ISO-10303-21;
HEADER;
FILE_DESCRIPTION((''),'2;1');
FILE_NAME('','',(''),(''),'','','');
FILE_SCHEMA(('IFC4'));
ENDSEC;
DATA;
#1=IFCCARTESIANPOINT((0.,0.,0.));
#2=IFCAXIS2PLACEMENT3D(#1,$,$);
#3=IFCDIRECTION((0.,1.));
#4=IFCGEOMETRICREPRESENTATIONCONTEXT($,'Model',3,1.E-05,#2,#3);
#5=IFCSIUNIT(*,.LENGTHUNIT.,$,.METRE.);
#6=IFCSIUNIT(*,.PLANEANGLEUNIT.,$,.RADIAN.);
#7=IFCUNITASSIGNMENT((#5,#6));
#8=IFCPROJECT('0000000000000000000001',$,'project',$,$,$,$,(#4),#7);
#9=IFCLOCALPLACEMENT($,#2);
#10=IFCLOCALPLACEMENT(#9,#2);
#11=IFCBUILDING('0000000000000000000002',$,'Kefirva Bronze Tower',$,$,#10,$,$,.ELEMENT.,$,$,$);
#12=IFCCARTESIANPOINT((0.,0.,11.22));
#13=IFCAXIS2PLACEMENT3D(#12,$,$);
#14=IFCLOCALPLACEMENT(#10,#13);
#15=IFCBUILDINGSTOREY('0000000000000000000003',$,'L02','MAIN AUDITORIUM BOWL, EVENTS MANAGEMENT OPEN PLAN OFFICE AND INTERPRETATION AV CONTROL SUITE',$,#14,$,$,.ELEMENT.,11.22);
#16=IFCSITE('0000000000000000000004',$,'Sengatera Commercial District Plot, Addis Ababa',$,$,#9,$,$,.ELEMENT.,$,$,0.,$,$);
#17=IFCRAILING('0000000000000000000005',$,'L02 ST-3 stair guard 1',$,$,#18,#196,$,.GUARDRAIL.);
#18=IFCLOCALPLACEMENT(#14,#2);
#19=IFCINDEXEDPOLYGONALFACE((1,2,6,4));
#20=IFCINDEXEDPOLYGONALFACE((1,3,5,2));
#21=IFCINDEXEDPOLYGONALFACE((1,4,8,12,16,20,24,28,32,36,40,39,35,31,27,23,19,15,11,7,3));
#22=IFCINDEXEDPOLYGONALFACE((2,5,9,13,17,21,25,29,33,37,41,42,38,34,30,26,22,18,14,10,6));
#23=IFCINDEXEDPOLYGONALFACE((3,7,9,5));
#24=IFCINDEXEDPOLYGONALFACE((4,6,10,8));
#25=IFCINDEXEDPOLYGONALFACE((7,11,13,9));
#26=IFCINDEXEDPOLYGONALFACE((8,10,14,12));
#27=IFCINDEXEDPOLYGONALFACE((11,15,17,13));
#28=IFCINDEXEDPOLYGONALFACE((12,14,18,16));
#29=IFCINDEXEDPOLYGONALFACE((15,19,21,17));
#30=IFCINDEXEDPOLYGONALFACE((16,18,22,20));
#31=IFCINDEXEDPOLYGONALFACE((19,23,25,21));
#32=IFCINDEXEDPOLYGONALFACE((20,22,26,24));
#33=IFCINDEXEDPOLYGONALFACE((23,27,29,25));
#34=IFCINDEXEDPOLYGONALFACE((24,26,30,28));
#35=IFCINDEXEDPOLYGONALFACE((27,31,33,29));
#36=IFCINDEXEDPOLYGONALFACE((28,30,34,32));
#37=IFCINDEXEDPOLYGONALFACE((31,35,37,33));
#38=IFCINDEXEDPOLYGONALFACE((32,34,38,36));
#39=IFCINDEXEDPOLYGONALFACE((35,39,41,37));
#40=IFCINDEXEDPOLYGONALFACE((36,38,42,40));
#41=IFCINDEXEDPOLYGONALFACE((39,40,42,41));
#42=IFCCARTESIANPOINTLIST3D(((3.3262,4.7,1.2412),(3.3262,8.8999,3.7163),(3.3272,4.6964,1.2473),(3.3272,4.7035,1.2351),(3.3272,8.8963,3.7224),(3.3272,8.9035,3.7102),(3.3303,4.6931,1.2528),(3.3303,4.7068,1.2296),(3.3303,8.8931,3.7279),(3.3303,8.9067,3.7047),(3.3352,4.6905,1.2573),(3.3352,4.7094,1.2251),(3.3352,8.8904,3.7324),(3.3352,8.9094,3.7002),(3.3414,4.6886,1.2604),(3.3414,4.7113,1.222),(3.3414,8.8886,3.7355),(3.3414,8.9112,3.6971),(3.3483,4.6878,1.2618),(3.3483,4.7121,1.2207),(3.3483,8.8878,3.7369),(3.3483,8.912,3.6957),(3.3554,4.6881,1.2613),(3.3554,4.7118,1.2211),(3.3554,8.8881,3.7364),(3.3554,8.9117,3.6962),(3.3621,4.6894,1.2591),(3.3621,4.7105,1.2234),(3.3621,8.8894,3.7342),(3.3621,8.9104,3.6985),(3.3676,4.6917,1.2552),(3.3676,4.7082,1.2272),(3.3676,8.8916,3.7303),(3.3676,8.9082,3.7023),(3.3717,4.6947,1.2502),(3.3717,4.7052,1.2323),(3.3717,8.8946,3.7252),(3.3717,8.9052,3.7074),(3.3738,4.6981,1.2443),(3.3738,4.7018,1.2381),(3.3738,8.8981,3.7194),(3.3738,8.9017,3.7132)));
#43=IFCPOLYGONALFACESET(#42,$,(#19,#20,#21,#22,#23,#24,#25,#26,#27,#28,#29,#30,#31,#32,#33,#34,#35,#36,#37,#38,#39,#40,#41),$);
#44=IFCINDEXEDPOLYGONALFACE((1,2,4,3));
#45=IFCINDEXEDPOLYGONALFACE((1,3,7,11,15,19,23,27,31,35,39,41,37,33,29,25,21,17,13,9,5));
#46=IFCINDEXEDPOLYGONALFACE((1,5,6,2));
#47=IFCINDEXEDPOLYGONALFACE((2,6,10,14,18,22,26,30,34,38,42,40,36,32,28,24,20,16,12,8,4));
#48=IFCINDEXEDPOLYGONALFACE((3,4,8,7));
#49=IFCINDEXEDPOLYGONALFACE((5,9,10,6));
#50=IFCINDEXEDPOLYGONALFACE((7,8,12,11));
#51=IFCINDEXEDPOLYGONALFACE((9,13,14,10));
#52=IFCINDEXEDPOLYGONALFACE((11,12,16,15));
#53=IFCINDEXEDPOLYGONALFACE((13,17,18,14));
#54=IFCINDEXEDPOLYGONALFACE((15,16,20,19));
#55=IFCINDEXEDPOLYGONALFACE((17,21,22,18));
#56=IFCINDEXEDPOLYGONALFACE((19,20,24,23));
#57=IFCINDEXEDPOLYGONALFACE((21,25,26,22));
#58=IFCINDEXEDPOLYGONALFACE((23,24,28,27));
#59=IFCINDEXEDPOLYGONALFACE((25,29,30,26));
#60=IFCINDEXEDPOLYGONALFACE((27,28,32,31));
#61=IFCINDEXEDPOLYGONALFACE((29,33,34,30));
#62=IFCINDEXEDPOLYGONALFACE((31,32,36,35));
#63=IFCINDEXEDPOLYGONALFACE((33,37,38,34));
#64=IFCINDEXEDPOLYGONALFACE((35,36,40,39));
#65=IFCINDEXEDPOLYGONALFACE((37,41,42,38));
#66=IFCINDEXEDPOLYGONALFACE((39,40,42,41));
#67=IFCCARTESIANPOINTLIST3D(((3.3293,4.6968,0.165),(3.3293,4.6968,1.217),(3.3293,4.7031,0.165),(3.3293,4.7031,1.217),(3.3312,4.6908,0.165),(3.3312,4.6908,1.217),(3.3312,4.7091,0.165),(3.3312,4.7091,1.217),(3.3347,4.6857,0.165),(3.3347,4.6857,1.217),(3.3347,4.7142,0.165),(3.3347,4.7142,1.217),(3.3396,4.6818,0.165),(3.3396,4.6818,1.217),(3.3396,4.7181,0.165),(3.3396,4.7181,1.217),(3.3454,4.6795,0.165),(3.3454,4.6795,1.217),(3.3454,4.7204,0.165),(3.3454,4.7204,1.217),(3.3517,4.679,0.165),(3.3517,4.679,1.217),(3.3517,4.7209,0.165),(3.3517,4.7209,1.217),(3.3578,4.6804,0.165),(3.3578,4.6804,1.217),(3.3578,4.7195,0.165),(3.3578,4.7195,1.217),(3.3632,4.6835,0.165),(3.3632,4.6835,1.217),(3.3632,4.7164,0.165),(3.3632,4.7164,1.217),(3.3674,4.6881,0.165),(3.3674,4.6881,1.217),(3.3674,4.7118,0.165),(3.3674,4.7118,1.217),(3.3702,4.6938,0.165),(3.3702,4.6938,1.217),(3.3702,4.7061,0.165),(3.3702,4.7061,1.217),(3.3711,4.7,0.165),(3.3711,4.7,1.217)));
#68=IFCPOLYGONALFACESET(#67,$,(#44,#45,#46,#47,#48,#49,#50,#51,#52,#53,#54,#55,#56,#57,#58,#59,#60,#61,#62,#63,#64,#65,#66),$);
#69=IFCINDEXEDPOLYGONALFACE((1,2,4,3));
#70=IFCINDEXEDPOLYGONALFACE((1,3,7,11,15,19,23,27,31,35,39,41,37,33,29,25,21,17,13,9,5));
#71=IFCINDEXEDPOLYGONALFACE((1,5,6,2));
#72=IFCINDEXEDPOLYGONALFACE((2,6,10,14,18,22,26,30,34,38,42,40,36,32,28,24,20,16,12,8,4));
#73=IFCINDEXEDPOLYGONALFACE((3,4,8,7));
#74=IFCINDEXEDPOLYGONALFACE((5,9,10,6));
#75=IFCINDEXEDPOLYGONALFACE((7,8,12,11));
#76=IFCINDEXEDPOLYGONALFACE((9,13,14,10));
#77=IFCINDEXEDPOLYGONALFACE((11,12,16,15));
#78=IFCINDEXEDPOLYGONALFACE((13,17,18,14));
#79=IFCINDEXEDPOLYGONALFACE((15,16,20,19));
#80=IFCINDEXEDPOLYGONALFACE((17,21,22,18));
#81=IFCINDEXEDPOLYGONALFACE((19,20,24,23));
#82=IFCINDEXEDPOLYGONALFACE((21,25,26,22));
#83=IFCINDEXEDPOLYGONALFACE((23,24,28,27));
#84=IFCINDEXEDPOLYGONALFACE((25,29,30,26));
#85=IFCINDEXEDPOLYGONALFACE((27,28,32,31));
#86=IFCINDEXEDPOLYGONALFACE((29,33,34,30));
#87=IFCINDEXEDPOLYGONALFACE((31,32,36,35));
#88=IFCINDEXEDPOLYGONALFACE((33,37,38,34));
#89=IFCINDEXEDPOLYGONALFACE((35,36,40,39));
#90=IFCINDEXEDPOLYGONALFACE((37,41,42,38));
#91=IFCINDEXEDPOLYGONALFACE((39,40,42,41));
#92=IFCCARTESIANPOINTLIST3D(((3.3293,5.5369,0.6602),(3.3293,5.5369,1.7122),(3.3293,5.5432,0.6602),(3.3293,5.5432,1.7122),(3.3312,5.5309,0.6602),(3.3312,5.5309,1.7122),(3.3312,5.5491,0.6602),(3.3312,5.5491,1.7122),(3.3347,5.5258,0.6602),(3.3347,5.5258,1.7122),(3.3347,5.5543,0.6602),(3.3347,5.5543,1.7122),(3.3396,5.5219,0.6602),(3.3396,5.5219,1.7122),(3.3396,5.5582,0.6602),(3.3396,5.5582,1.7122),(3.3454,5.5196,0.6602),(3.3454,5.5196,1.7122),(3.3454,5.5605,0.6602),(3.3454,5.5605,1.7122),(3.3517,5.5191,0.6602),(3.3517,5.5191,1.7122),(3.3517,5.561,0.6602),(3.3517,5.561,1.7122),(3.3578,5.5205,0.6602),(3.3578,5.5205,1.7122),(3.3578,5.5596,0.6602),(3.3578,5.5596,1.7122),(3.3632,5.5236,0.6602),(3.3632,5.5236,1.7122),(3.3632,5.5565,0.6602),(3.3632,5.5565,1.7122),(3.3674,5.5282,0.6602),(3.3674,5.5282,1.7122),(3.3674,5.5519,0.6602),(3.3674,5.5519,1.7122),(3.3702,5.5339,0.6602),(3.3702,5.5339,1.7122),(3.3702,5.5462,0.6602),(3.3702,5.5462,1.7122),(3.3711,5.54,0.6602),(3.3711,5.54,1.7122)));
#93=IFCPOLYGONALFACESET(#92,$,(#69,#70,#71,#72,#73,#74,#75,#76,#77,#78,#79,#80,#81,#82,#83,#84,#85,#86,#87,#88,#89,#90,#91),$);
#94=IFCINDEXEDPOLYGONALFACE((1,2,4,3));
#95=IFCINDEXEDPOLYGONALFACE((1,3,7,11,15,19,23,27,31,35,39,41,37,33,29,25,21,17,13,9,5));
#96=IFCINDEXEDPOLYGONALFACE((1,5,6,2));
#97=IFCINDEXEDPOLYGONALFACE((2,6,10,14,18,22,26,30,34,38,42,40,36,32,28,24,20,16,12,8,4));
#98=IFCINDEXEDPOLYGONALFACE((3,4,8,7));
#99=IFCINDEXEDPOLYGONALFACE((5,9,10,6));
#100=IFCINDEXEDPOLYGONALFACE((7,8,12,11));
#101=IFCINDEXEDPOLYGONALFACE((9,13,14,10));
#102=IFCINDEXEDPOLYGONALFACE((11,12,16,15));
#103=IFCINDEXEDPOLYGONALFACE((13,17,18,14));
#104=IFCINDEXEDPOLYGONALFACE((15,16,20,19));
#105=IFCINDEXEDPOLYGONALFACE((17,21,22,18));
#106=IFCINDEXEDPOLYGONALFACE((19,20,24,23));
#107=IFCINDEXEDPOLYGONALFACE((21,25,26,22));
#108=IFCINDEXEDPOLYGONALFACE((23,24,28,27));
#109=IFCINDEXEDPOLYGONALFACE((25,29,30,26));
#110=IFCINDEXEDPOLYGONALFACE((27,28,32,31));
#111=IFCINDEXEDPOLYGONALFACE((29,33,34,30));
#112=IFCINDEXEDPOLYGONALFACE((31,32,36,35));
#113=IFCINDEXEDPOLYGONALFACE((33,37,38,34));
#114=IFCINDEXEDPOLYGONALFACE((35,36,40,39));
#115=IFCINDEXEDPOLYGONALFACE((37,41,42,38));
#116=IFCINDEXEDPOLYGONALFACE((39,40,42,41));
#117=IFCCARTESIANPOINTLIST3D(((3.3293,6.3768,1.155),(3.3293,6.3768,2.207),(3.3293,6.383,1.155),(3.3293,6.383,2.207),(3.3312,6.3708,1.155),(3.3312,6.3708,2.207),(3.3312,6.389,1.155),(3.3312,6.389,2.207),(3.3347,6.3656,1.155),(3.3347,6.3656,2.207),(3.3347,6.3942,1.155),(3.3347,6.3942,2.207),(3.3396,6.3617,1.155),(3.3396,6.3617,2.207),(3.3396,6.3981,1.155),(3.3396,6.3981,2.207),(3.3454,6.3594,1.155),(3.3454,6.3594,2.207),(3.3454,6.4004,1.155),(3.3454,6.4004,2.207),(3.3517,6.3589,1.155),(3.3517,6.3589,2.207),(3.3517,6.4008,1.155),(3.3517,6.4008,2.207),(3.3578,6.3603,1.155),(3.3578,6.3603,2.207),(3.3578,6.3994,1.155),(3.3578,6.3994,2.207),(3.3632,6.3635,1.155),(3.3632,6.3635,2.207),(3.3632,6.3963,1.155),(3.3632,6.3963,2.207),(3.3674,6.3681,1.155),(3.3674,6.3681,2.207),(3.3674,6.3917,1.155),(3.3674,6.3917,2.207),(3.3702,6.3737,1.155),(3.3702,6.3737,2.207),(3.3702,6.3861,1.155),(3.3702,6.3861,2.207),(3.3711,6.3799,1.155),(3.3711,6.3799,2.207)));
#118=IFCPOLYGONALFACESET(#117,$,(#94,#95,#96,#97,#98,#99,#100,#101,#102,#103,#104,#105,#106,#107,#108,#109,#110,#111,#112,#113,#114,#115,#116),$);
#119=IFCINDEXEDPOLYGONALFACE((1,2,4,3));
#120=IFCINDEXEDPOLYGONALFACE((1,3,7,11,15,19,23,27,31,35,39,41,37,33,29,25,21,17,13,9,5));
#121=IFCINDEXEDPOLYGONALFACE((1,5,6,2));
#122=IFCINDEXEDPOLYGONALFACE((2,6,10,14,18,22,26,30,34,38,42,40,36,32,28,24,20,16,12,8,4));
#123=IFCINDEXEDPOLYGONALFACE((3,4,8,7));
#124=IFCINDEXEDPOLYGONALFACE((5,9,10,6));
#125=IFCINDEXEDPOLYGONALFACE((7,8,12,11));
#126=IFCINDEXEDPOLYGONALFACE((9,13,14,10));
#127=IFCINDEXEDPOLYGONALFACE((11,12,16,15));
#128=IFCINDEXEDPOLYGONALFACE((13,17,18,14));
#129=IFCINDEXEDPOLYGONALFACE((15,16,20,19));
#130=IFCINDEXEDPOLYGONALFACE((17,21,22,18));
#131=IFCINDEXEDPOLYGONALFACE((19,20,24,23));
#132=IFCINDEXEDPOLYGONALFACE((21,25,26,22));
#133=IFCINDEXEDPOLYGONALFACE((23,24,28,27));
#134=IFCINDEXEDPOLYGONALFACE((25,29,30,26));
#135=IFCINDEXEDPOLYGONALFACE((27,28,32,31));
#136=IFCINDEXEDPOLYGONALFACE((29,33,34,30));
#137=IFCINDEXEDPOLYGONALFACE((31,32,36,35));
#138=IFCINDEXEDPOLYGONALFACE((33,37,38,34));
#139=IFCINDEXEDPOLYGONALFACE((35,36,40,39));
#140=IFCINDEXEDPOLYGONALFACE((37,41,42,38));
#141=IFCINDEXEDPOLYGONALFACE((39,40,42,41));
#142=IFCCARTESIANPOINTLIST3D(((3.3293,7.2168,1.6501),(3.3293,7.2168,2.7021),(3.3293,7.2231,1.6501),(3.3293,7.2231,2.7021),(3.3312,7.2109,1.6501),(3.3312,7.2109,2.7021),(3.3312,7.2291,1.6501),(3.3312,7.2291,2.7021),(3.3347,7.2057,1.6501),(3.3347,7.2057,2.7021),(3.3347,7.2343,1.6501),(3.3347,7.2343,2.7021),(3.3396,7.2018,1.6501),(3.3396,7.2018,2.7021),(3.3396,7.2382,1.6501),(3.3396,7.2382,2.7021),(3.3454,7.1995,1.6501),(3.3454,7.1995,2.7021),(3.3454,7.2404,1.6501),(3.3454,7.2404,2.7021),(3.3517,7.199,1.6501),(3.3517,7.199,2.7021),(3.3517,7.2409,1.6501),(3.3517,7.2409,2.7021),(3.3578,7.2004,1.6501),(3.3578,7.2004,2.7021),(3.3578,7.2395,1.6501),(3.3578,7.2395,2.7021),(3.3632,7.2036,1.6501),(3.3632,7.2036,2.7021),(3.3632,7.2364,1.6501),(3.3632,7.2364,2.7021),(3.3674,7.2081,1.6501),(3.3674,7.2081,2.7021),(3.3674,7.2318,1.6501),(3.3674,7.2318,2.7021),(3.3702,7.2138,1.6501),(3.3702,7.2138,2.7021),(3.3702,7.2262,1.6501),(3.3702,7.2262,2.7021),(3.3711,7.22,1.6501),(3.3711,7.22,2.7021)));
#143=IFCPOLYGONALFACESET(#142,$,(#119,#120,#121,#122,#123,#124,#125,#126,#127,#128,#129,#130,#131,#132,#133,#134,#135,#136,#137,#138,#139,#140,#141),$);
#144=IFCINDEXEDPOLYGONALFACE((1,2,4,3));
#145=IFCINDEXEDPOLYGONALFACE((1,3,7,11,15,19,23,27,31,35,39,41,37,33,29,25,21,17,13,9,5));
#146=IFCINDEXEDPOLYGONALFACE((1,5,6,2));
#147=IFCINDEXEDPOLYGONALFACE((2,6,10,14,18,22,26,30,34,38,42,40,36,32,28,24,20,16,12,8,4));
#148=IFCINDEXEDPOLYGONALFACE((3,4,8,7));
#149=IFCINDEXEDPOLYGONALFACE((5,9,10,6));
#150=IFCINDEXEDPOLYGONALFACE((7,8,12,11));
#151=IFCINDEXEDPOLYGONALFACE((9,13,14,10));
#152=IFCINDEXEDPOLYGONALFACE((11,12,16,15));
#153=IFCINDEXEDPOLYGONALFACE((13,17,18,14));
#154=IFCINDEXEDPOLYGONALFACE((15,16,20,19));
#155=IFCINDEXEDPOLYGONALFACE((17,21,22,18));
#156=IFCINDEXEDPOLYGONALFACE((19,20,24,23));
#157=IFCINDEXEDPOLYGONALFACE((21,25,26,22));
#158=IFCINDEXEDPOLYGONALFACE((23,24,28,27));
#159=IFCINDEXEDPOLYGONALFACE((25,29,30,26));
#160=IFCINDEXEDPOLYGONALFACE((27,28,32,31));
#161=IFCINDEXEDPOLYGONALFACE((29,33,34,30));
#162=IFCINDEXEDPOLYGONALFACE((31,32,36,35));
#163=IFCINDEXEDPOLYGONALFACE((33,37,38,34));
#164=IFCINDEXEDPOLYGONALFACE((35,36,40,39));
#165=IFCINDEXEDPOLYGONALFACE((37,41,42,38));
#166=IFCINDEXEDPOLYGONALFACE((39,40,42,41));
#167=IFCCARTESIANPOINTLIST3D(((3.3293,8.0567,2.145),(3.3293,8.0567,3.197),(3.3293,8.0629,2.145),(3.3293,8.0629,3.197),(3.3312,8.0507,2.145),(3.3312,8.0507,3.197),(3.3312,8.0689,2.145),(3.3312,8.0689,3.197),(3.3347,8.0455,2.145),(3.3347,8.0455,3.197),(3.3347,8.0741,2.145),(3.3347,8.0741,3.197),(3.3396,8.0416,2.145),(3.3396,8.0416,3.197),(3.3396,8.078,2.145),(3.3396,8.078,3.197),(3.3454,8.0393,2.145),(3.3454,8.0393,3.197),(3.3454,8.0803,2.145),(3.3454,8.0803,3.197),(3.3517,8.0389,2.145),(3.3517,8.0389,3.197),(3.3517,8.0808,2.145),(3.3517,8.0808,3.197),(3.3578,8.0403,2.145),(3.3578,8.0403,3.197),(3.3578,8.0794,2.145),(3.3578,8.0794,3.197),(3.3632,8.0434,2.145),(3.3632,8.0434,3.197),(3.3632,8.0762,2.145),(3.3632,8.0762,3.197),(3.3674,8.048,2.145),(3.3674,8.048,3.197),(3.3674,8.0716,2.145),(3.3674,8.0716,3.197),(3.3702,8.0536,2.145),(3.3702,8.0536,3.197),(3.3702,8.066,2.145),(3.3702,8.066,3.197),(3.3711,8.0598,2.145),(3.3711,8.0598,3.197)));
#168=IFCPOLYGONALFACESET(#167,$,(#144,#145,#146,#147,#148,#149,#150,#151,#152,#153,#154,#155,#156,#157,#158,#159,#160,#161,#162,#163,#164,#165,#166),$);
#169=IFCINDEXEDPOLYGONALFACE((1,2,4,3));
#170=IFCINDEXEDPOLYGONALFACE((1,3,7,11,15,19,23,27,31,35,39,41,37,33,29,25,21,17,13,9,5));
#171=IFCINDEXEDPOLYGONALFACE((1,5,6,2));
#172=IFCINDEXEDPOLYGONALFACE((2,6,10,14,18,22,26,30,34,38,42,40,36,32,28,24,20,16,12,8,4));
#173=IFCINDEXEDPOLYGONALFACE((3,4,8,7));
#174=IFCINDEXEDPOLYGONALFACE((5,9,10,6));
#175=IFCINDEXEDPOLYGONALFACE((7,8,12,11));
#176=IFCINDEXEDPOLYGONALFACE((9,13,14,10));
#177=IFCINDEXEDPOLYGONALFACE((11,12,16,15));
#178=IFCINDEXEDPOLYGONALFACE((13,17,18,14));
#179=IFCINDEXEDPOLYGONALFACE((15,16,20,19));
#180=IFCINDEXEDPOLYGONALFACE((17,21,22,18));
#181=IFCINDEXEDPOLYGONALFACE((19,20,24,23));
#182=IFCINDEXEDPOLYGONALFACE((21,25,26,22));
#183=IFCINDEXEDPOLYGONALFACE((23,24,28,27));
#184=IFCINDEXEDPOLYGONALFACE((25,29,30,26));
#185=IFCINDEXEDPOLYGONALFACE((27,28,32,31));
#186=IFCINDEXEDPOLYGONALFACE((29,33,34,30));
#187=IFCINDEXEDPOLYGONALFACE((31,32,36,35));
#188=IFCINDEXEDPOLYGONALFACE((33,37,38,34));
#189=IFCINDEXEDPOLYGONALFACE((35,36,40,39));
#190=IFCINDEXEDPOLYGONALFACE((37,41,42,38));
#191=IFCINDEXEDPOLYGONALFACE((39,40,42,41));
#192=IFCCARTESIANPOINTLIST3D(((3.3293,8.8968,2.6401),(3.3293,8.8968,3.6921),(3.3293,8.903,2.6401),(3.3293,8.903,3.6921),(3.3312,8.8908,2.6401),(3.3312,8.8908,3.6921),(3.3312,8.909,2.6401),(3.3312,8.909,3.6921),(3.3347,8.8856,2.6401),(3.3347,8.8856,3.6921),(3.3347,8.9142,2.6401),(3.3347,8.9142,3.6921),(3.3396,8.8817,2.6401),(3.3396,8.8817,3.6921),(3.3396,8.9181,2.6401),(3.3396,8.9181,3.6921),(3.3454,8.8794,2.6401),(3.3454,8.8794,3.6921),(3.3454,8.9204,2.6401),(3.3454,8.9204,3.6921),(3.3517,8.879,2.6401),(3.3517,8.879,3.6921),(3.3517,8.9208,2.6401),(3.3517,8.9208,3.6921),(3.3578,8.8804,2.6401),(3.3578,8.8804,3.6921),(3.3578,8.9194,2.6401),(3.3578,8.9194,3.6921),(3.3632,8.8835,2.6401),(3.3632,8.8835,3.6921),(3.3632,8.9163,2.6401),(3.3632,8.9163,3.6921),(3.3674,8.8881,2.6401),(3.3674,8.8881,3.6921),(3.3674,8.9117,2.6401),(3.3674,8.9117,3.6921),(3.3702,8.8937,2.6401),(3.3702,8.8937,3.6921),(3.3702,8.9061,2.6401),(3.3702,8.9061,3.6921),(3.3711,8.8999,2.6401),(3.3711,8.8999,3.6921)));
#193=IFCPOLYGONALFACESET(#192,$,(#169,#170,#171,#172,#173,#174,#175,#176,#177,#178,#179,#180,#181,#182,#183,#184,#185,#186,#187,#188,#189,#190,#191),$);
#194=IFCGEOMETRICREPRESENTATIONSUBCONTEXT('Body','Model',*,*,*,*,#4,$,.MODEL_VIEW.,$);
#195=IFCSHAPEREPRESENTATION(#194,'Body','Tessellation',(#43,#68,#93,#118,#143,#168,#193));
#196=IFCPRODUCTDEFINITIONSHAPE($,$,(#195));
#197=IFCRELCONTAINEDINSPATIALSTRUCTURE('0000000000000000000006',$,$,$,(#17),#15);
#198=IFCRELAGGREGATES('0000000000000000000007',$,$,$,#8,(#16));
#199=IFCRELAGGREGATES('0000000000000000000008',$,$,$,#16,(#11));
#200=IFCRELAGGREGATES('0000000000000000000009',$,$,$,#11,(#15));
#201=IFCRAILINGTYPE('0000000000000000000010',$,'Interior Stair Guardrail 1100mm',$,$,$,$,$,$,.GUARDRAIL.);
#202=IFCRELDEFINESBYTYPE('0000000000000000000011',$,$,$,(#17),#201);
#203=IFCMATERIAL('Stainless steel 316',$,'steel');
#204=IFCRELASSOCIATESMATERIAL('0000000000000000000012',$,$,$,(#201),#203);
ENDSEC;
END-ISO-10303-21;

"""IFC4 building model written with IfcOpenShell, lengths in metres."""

from ifc_helpers import new_model, si_unit, direction, frame, origin, origin_2d, place, context, subcontext, project, spatial, circle, extrude, material, type_object, element, save


model = new_model("IFC4")

# Units and contexts
model_context = context("Model", 3, precision=1e-05, world=origin(), true_north=direction((0.0, 1.0)))
body_context = subcontext(model_context, "Body", "Model", "MODEL_VIEW")
ifc_project = project(units=[si_unit("LENGTHUNIT", "METRE"), si_unit("PLANEANGLEUNIT", "RADIAN")], contexts=[model_context])

# Site, building, storey
site_placement = place(None, origin())
site = spatial("IfcSite", under=ifc_project, at=site_placement, Name="Sengatera Commercial District Plot, Addis Ababa", CompositionType="ELEMENT", RefElevation=0.0)
building_placement = place(site_placement, origin())
building = spatial("IfcBuilding", under=site, at=building_placement, Name="Kefirva Bronze Tower", CompositionType="ELEMENT")
storey_placement = place(building_placement, frame((0.0, 0.0, 11.22)))
storey = spatial("IfcBuildingStorey", under=building, at=storey_placement, Name="L02", Description="MAIN AUDITORIUM BOWL, EVENTS MANAGEMENT OPEN PLAN OFFICE AND INTERPRETATION AV CONTROL SUITE", CompositionType="ELEMENT", Elevation=11.22)

# Railing
ifc_material_1 = material(Name="Stainless steel 316", Category="steel")
railing_type_1 = type_object("IfcRailingType", Name="Interior Stair Guardrail 1100mm", PredefinedType="GUARDRAIL", material=ifc_material_1)
railing_1_placement = place(storey_placement, frame((3.3501, 4.7, 0.165)))
element("IfcRailing", 1, at=railing_1_placement, inside=storey, type_object=railing_type_1, Name="L02 ST-3 stair guard 1", PredefinedType="GUARDRAIL", context=body_context, shape_type="SweptSolid", body=[
    extrude(circle(Radius=0.0239, at=origin_2d()), frame((0.0, 0.0, 1.0762), z_axis=(0.0, 0.861527, 0.507712), x_axis=(-1.0, 0.0, 0.0)), (0.0, 0.0, 1.0), 4.875),
    extrude(circle(Radius=0.021, at=origin_2d()), origin(), (0.0, 0.0, 1.0), 1.052),
    extrude(circle(Radius=0.021, at=origin_2d()), frame((0.0, 0.8401, 0.4951)), (0.0, 0.0, 1.0), 1.052),
    extrude(circle(Radius=0.021, at=origin_2d()), frame((0.0, 1.6799, 0.99)), (0.0, 0.0, 1.0), 1.052),
    extrude(circle(Radius=0.021, at=origin_2d()), frame((0.0, 2.52, 1.4851)), (0.0, 0.0, 1.0), 1.052),
    extrude(circle(Radius=0.021, at=origin_2d()), frame((0.0, 3.3599, 1.98)), (0.0, 0.0, 1.0), 1.052),
    extrude(circle(Radius=0.021, at=origin_2d()), frame((0.0, 4.2, 2.4751)), (0.0, 0.0, 1.0), 1.052),
])

save(model, "model.ifc")
